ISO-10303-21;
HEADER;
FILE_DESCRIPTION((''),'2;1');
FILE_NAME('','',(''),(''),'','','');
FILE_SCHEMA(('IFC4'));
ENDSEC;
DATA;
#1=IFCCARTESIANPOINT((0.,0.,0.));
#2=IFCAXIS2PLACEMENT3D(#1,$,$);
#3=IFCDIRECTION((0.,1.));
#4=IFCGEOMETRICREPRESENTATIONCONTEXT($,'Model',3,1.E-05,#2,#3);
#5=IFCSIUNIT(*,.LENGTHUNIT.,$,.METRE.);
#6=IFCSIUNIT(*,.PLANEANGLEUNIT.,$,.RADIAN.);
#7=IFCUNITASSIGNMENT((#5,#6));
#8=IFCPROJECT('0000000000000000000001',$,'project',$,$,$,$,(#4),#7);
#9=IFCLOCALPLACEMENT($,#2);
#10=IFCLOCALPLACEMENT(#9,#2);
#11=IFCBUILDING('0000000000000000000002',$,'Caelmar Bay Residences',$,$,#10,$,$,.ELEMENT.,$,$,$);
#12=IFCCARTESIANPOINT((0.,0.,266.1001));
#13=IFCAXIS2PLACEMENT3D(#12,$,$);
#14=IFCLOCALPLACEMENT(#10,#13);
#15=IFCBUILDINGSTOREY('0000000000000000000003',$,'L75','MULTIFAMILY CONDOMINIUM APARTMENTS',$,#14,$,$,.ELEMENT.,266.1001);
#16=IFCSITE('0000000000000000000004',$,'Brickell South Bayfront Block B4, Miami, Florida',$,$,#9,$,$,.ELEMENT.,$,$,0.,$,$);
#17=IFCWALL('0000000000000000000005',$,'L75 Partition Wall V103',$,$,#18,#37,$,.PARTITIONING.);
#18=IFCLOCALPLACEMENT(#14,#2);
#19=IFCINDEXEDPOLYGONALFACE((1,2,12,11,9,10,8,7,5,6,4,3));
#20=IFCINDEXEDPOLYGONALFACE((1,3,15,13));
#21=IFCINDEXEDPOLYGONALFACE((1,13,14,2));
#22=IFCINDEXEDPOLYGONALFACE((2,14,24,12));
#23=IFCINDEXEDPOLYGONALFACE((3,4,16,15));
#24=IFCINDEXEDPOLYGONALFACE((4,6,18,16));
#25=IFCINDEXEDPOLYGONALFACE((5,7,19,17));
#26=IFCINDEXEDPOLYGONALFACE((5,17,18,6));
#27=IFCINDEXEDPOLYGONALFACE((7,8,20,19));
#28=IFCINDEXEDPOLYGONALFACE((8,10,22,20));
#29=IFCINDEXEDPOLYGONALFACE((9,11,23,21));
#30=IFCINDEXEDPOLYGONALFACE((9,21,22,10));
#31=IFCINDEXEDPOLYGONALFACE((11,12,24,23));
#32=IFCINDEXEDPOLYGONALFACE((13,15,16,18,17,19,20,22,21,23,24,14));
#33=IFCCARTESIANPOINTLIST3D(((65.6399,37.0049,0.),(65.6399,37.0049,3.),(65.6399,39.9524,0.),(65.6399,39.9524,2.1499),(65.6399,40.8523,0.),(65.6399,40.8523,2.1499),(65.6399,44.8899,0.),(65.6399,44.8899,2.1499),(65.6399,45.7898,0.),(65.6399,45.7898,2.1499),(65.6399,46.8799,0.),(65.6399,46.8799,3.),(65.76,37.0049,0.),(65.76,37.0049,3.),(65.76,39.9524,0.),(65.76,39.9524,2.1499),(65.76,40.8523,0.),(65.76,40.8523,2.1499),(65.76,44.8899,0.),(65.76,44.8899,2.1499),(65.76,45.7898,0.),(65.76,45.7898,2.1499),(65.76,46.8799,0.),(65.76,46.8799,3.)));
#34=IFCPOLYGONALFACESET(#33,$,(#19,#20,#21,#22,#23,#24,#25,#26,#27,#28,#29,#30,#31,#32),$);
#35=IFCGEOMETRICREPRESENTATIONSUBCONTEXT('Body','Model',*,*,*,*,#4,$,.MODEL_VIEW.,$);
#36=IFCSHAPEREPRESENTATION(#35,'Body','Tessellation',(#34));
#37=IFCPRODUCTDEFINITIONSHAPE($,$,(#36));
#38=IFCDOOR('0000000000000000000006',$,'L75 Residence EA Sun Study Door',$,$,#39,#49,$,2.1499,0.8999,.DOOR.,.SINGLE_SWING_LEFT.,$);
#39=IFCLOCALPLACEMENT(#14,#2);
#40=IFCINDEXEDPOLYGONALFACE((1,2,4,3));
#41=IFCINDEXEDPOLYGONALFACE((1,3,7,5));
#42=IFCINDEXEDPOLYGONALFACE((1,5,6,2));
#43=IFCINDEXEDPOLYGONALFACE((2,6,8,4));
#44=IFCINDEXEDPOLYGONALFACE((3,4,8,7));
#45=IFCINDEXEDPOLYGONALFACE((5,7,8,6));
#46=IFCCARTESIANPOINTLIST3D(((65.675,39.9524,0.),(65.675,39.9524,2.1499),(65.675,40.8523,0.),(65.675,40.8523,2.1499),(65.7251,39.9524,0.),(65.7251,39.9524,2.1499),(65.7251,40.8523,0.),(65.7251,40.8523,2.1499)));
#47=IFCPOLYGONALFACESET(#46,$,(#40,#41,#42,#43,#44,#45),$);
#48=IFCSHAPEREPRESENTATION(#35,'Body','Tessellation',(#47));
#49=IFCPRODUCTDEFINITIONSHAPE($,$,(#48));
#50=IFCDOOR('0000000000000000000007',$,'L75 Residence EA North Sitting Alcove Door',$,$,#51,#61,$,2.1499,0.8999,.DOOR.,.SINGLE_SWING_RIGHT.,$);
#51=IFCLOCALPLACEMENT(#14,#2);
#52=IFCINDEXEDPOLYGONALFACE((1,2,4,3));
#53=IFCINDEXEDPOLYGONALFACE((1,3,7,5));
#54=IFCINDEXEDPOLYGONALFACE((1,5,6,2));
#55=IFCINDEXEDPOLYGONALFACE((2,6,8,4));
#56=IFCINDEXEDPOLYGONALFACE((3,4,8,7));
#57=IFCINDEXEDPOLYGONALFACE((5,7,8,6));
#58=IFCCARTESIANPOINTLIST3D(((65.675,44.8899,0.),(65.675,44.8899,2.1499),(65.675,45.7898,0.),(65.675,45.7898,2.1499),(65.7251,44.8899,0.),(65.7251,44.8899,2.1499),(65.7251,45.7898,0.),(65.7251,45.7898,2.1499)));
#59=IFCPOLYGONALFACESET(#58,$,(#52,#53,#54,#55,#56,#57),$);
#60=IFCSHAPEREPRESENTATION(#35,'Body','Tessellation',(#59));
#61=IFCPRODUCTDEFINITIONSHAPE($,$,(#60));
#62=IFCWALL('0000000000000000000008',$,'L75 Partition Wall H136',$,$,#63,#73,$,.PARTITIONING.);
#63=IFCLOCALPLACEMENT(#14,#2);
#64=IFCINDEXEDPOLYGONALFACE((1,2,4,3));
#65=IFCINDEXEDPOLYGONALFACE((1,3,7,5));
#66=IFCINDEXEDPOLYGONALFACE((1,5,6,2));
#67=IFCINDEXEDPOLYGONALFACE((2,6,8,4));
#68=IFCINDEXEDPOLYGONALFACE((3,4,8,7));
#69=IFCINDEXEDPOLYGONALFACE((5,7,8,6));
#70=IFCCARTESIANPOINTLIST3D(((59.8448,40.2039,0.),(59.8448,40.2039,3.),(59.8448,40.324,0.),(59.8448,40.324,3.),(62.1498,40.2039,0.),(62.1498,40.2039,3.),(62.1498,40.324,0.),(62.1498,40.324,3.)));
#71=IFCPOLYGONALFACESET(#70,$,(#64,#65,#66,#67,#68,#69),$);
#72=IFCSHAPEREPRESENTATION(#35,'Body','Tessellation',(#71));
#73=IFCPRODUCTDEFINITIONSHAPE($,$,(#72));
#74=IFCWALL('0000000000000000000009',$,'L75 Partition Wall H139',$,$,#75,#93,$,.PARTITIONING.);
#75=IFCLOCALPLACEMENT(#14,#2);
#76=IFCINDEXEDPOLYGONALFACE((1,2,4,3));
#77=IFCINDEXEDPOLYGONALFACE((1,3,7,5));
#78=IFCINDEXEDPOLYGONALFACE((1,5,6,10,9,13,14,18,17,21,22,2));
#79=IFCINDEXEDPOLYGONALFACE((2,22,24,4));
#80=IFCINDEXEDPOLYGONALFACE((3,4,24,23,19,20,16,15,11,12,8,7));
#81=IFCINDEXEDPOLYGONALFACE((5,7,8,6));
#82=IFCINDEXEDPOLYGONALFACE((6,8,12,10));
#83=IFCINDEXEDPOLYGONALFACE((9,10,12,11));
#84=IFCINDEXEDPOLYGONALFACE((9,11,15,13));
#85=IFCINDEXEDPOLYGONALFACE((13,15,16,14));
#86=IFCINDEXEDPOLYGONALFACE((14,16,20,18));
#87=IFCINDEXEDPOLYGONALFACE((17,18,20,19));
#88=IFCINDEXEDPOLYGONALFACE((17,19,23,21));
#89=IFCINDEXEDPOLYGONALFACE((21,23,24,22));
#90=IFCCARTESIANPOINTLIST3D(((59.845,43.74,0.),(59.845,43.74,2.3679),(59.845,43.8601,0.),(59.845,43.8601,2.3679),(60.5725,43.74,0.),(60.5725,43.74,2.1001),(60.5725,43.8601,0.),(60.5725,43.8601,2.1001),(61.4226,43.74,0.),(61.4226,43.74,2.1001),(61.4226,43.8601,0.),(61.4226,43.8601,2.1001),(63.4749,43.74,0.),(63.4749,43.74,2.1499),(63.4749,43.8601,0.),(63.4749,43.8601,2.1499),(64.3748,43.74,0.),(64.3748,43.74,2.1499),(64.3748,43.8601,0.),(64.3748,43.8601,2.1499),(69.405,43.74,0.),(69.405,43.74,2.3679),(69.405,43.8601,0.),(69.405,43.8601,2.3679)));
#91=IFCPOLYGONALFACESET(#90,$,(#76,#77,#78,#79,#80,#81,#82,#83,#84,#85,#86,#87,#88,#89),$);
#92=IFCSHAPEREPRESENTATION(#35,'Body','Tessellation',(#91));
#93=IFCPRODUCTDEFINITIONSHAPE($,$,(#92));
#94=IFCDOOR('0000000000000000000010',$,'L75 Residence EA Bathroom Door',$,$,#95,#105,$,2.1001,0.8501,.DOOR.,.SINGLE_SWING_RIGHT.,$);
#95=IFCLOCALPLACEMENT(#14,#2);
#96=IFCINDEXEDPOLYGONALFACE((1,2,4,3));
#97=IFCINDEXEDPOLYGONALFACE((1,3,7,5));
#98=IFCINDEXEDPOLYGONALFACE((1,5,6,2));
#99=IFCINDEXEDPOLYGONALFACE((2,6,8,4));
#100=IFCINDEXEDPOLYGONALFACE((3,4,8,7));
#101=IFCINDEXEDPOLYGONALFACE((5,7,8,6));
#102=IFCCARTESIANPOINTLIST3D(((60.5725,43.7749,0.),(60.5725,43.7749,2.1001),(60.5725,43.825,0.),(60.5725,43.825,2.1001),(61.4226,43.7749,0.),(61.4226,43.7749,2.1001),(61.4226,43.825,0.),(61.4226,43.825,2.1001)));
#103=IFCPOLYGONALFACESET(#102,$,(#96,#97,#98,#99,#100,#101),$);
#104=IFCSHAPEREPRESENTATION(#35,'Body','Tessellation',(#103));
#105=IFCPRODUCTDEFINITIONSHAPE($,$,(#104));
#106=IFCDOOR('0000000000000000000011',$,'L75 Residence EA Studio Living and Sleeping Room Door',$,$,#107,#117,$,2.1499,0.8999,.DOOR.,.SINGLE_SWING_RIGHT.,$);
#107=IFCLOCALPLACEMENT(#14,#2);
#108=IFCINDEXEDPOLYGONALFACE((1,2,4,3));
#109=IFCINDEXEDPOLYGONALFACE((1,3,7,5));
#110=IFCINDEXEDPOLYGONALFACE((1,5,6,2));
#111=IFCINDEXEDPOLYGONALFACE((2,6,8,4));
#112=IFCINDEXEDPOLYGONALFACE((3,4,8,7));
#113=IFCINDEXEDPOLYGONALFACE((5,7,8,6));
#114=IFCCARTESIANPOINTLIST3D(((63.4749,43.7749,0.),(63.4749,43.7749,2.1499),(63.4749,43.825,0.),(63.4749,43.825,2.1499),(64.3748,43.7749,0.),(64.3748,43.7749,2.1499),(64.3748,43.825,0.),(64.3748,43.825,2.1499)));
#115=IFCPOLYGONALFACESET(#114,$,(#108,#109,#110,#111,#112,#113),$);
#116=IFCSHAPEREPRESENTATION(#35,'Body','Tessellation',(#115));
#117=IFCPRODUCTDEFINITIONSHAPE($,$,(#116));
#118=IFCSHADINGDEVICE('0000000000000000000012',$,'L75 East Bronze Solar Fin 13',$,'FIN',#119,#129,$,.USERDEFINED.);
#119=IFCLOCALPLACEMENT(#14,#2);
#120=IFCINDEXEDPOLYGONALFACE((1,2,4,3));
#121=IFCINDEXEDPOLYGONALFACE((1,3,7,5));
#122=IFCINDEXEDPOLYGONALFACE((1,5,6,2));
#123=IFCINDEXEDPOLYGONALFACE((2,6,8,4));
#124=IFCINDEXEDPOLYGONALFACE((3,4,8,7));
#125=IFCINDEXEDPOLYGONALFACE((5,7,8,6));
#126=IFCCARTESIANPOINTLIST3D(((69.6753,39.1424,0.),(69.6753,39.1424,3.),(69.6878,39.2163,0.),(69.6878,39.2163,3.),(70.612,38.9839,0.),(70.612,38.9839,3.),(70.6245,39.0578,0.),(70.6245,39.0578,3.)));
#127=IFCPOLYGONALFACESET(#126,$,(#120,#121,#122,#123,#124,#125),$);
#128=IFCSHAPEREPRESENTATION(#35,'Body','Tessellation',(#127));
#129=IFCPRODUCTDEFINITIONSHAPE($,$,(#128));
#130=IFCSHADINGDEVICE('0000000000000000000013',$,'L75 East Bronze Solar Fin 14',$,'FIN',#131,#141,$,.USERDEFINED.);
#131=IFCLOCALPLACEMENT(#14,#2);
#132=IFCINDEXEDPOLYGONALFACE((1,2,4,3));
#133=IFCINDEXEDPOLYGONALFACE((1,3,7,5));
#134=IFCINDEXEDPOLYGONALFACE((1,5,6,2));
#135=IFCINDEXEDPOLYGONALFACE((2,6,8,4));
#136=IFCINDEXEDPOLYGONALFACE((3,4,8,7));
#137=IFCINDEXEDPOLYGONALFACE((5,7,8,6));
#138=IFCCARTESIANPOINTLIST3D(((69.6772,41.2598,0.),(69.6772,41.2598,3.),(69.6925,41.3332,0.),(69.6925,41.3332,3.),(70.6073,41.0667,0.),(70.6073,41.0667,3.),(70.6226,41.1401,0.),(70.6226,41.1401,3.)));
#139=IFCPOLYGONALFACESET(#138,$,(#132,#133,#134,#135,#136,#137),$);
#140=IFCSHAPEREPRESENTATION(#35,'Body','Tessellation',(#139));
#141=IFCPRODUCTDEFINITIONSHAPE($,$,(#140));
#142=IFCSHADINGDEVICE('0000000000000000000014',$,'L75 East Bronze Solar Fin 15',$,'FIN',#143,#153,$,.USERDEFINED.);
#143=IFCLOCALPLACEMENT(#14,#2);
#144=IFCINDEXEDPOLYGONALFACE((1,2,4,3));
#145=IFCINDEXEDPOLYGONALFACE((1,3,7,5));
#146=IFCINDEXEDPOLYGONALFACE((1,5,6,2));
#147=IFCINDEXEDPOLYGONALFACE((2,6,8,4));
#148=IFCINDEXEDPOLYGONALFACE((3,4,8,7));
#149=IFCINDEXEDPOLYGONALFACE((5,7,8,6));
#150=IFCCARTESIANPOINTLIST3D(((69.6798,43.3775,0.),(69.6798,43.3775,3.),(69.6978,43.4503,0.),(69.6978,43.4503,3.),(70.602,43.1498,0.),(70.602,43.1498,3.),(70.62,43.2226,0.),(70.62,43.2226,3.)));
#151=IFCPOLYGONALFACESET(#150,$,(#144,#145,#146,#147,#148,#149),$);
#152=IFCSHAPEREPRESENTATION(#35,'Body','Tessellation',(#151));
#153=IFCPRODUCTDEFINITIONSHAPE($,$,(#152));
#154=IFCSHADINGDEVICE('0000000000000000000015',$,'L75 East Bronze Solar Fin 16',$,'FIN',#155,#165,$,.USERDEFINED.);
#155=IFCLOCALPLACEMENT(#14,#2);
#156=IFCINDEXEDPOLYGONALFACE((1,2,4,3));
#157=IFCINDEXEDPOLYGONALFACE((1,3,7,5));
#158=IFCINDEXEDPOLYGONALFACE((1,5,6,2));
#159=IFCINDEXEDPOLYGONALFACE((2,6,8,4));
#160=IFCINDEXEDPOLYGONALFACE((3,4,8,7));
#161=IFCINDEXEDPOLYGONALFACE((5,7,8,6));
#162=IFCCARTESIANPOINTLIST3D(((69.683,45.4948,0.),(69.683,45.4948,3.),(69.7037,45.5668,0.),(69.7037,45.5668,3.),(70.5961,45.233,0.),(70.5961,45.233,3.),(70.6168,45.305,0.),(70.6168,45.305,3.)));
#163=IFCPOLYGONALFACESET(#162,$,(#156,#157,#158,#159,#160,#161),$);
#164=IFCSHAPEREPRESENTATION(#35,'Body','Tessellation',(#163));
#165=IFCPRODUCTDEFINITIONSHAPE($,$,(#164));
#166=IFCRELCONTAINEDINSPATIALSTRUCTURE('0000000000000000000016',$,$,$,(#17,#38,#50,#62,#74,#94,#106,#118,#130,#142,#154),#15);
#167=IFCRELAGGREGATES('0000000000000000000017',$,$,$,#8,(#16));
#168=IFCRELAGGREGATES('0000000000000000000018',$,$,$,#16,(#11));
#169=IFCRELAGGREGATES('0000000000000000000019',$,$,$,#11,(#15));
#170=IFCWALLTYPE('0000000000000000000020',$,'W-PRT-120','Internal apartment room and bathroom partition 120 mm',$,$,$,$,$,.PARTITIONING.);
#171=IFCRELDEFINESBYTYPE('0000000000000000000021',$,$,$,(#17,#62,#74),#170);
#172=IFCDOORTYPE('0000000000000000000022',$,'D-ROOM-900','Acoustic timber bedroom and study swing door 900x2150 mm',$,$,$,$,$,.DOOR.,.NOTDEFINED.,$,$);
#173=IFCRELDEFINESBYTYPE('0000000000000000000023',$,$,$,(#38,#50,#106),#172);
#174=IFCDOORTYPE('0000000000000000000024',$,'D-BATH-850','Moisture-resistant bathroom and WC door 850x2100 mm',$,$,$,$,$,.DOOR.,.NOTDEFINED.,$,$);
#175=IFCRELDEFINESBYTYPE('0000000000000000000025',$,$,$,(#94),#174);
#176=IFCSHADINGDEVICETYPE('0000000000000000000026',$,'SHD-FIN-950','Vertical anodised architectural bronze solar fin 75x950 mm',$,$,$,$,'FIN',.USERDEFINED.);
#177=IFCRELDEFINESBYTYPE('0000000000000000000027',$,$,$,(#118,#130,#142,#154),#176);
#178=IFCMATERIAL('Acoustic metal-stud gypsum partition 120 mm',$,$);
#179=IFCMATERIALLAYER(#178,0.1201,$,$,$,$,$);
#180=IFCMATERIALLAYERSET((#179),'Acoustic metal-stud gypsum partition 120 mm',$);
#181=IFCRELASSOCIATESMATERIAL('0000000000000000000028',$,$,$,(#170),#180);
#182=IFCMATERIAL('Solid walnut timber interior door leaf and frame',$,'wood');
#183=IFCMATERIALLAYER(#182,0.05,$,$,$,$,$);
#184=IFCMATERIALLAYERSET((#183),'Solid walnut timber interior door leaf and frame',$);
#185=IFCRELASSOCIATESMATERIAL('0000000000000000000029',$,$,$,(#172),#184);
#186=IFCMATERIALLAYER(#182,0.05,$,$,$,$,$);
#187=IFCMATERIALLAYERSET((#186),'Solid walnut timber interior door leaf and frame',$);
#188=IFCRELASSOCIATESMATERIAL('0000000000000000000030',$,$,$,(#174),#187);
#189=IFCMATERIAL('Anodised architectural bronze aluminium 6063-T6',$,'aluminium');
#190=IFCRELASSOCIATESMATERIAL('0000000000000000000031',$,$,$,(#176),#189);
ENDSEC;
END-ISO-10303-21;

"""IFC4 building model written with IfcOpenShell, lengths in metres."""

from ifc_helpers import new_model, si_unit, direction, frame, frame_2d, origin, origin_2d, place, context, subcontext, project, spatial, rectangle, extrude, material, layer, layer_set, material_profile, profile_set, type_object, element, fill, save


model = new_model("IFC4")

# Units and contexts
model_context = context("Model", 3, precision=1e-05, world=origin(), true_north=direction((0.0, 1.0)))
body_context = subcontext(model_context, "Body", "Model", "MODEL_VIEW")
ifc_project = project(units=[si_unit("LENGTHUNIT", "METRE"), si_unit("PLANEANGLEUNIT", "RADIAN")], contexts=[model_context])

# Site, building, storey
site_placement = place(None, origin())
site = spatial("IfcSite", under=ifc_project, at=site_placement, Name="Brickell South Bayfront Block B4, Miami, Florida", CompositionType="ELEMENT", RefElevation=0.0)
building_placement = place(site_placement, origin())
building = spatial("IfcBuilding", under=site, at=building_placement, Name="Caelmar Bay Residences", CompositionType="ELEMENT")
storey_placement = place(building_placement, frame((0.0, 0.0, 266.1001)))
storey = spatial("IfcBuildingStorey", under=building, at=storey_placement, Name="L75", Description="MULTIFAMILY CONDOMINIUM APARTMENTS", CompositionType="ELEMENT", Elevation=266.1001)

# Wall, openings, doors
ifc_material_1 = material(Name="Acoustic metal-stud gypsum partition 120 mm")
ifc_layer_1 = layer(ifc_material_1, 0.1201)
ifc_layer_set_1 = layer_set([ifc_layer_1], Name="Acoustic metal-stud gypsum partition 120 mm")
wall_type_1 = type_object("IfcWallType", Name="W-PRT-120", Description="Internal apartment room and bathroom partition 120 mm", PredefinedType="PARTITIONING", material=ifc_layer_set_1)
wall_1_placement = place(storey_placement, frame((65.7, 37.0049, 0.0), z_axis=(0.0, 0.0, 1.0), x_axis=(0.0, 1.0, 0.0)))
wall_1 = element("IfcWall", 1, at=wall_1_placement, inside=storey, type_object=wall_type_1, Name="L75 Partition Wall V103", PredefinedType="PARTITIONING", context=body_context, shape_type="SweptSolid", body=[
    extrude(rectangle(XDim=9.875, YDim=0.1201, at=frame_2d((4.9375, 0.0))), origin(), (0.0, 0.0, 1.0), 3.0),
])
opening_1_placement = place(wall_1_placement, frame((2.9475, 0.0, 0.0)))
opening_1 = element("IfcOpeningElement", 2, at=opening_1_placement, cuts=wall_1, PredefinedType="OPENING", context=body_context, shape_type="SweptSolid", body=[
    extrude(rectangle(XDim=0.8999, YDim=2.1499, at=frame_2d((0.45, 1.075))), frame((0.0, 0.0701, 0.0), z_axis=(0.0, -1.0, 0.0), x_axis=(1.0, 0.0, 0.0)), (0.0, 0.0, 1.0), 0.1401),
])
opening_2_placement = place(wall_1_placement, frame((7.885, 0.0, 0.0)))
opening_2 = element("IfcOpeningElement", 3, at=opening_2_placement, cuts=wall_1, PredefinedType="OPENING", context=body_context, shape_type="SweptSolid", body=[
    extrude(rectangle(XDim=0.8999, YDim=2.1499, at=frame_2d((0.45, 1.075))), frame((0.0, 0.0701, 0.0), z_axis=(0.0, -1.0, 0.0), x_axis=(1.0, 0.0, 0.0)), (0.0, 0.0, 1.0), 0.1401),
])
ifc_material_2 = material(Name="Solid walnut timber interior door leaf and frame", Category="wood")
ifc_layer_2 = layer(ifc_material_2, 0.05)
ifc_layer_set_2 = layer_set([ifc_layer_2], Name="Solid walnut timber interior door leaf and frame")
door_type_1 = type_object("IfcDoorType", Name="D-ROOM-900", Description="Acoustic timber bedroom and study swing door 900x2150 mm", OperationType="NOTDEFINED", PredefinedType="DOOR", material=ifc_layer_set_2)
door_1_placement = place(opening_1_placement, origin())
door_1 = element("IfcDoor", 4, at=door_1_placement, inside=storey, type_object=door_type_1, Name="L75 Residence EA Sun Study Door", OperationType="SINGLE_SWING_LEFT", OverallHeight=2.1499, OverallWidth=0.8999, PredefinedType="DOOR", context=body_context, shape_type="SweptSolid", body=[
    extrude(rectangle(XDim=0.8999, YDim=2.1499, at=frame_2d((0.45, 1.075))), frame((0.0, 0.0249, 0.0), z_axis=(0.0, -1.0, 0.0), x_axis=(1.0, 0.0, 0.0)), (0.0, 0.0, 1.0), 0.05),
])
fill(opening_1, door_1)
door_2_placement = place(opening_2_placement, origin())
door_2 = element("IfcDoor", 5, at=door_2_placement, inside=storey, type_object=door_type_1, Name="L75 Residence EA North Sitting Alcove Door", OperationType="SINGLE_SWING_RIGHT", OverallHeight=2.1499, OverallWidth=0.8999, PredefinedType="DOOR", context=body_context, shape_type="SweptSolid", body=[
    extrude(rectangle(XDim=0.8999, YDim=2.1499, at=frame_2d((0.45, 1.075))), frame((0.0, 0.0249, 0.0), z_axis=(0.0, -1.0, 0.0), x_axis=(1.0, 0.0, 0.0)), (0.0, 0.0, 1.0), 0.05),
])
fill(opening_2, door_2)

# Wall
wall_2_placement = place(storey_placement, frame((59.845, 40.2639, 0.0), z_axis=(0.0, 0.0, 1.0), x_axis=(1.0, 0.0, 0.0)))
element("IfcWall", 6, at=wall_2_placement, inside=storey, type_object=wall_type_1, Name="L75 Partition Wall H136", PredefinedType="PARTITIONING", context=body_context, shape_type="SweptSolid", body=[
    extrude(rectangle(XDim=2.3049, YDim=0.1201, at=frame_2d((1.1523, 0.0))), origin(), (0.0, 0.0, 1.0), 3.0),
])

# Wall, openings, doors
wall_3_placement = place(storey_placement, frame((59.845, 43.8, 0.0), z_axis=(0.0, 0.0, 1.0), x_axis=(1.0, 0.0, 0.0)))
wall_3 = element("IfcWall", 7, at=wall_3_placement, inside=storey, type_object=wall_type_1, Name="L75 Partition Wall H139", PredefinedType="PARTITIONING", context=body_context, shape_type="SweptSolid", body=[
    extrude(rectangle(XDim=9.5601, YDim=0.1201, at=frame_2d((4.78, 0.0))), origin(), (0.0, 0.0, 1.0), 2.3679),
])
opening_3_placement = place(wall_3_placement, frame((3.6299, 0.0, 0.0)))
opening_3 = element("IfcOpeningElement", 8, at=opening_3_placement, cuts=wall_3, PredefinedType="OPENING", context=body_context, shape_type="SweptSolid", body=[
    extrude(rectangle(XDim=0.8999, YDim=2.1499, at=frame_2d((0.45, 1.075))), frame((0.0, 0.0701, 0.0), z_axis=(0.0, -1.0, 0.0), x_axis=(1.0, 0.0, 0.0)), (0.0, 0.0, 1.0), 0.1401),
])
opening_4_placement = place(wall_3_placement, frame((0.7275, 0.0, 0.0)))
opening_4 = element("IfcOpeningElement", 9, at=opening_4_placement, cuts=wall_3, PredefinedType="OPENING", context=body_context, shape_type="SweptSolid", body=[
    extrude(rectangle(XDim=0.8501, YDim=2.1001, at=frame_2d((0.425, 1.05))), frame((0.0, 0.0701, 0.0), z_axis=(0.0, -1.0, 0.0), x_axis=(1.0, 0.0, 0.0)), (0.0, 0.0, 1.0), 0.1401),
])
ifc_layer_3 = layer(ifc_material_2, 0.05)
ifc_layer_set_3 = layer_set([ifc_layer_3], Name="Solid walnut timber interior door leaf and frame")
door_type_2 = type_object("IfcDoorType", Name="D-BATH-850", Description="Moisture-resistant bathroom and WC door 850x2100 mm", OperationType="NOTDEFINED", PredefinedType="DOOR", material=ifc_layer_set_3)
door_3_placement = place(opening_4_placement, origin())
door_3 = element("IfcDoor", 10, at=door_3_placement, inside=storey, type_object=door_type_2, Name="L75 Residence EA Bathroom Door", OperationType="SINGLE_SWING_RIGHT", OverallHeight=2.1001, OverallWidth=0.8501, PredefinedType="DOOR", context=body_context, shape_type="SweptSolid", body=[
    extrude(rectangle(XDim=0.8501, YDim=2.1001, at=frame_2d((0.425, 1.05))), frame((0.0, 0.0249, 0.0), z_axis=(0.0, -1.0, 0.0), x_axis=(1.0, 0.0, 0.0)), (0.0, 0.0, 1.0), 0.05),
])
fill(opening_4, door_3)
door_4_placement = place(opening_3_placement, origin())
door_4 = element("IfcDoor", 11, at=door_4_placement, inside=storey, type_object=door_type_1, Name="L75 Residence EA Studio Living and Sleeping Room Door", OperationType="SINGLE_SWING_RIGHT", OverallHeight=2.1499, OverallWidth=0.8999, PredefinedType="DOOR", context=body_context, shape_type="SweptSolid", body=[
    extrude(rectangle(XDim=0.8999, YDim=2.1499, at=frame_2d((0.45, 1.075))), frame((0.0, 0.0249, 0.0), z_axis=(0.0, -1.0, 0.0), x_axis=(1.0, 0.0, 0.0)), (0.0, 0.0, 1.0), 0.05),
])
fill(opening_3, door_4)

# Shading devices
ifc_material_3 = material(Name="Anodised architectural bronze aluminium 6063-T6", Category="aluminium")
ifc_material_profile_1 = material_profile(ifc_material_3, rectangle(XDim=0.075, YDim=0.95, at=origin_2d()), Name="BRONZE-FIN-75X950")
ifc_profile_set_1 = profile_set([ifc_material_profile_1], Name="Anodised architectural bronze aluminium 6063-T6")
shading_device_type = type_object("IfcShadingDeviceType", Name="SHD-FIN-950", Description="Vertical anodised architectural bronze solar fin 75x950 mm", ElementType="FIN", PredefinedType="USERDEFINED", material=ifc_profile_set_1)
for number, where, z_axis, x_axis, name in (
    (12, (70.1499, 39.1001, 0.0), (0.0, 0.0, 1.0), (0.166769, 0.985996, 0.0), "L75 East Bronze Solar Fin 13"),
    (13, (70.1499, 41.2, 0.0), (0.0, 0.0, 1.0), (0.2033, 0.979116, 0.0), "L75 East Bronze Solar Fin 14"),
    (14, (70.1499, 43.3, 0.0), (0.0, 0.0, 1.0), (0.23972, 0.970842, 0.0), "L75 East Bronze Solar Fin 15"),
    (15, (70.1499, 45.3999, 0.0), (0.0, 0.0, 1.0), (0.275637, 0.961262, 0.0), "L75 East Bronze Solar Fin 16"),
):
    element("IfcShadingDevice", number, at=place(storey_placement, frame(where, z_axis=z_axis, x_axis=x_axis)), inside=storey, type_object=shading_device_type, Name=name, ObjectType="FIN", PredefinedType="USERDEFINED", context=body_context, shape_type="SweptSolid", body=[
        extrude(rectangle(XDim=0.075, YDim=0.95, at=origin_2d()), origin(), (0.0, 0.0, 1.0), 3.0),
    ])

save(model, "model.ifc")
